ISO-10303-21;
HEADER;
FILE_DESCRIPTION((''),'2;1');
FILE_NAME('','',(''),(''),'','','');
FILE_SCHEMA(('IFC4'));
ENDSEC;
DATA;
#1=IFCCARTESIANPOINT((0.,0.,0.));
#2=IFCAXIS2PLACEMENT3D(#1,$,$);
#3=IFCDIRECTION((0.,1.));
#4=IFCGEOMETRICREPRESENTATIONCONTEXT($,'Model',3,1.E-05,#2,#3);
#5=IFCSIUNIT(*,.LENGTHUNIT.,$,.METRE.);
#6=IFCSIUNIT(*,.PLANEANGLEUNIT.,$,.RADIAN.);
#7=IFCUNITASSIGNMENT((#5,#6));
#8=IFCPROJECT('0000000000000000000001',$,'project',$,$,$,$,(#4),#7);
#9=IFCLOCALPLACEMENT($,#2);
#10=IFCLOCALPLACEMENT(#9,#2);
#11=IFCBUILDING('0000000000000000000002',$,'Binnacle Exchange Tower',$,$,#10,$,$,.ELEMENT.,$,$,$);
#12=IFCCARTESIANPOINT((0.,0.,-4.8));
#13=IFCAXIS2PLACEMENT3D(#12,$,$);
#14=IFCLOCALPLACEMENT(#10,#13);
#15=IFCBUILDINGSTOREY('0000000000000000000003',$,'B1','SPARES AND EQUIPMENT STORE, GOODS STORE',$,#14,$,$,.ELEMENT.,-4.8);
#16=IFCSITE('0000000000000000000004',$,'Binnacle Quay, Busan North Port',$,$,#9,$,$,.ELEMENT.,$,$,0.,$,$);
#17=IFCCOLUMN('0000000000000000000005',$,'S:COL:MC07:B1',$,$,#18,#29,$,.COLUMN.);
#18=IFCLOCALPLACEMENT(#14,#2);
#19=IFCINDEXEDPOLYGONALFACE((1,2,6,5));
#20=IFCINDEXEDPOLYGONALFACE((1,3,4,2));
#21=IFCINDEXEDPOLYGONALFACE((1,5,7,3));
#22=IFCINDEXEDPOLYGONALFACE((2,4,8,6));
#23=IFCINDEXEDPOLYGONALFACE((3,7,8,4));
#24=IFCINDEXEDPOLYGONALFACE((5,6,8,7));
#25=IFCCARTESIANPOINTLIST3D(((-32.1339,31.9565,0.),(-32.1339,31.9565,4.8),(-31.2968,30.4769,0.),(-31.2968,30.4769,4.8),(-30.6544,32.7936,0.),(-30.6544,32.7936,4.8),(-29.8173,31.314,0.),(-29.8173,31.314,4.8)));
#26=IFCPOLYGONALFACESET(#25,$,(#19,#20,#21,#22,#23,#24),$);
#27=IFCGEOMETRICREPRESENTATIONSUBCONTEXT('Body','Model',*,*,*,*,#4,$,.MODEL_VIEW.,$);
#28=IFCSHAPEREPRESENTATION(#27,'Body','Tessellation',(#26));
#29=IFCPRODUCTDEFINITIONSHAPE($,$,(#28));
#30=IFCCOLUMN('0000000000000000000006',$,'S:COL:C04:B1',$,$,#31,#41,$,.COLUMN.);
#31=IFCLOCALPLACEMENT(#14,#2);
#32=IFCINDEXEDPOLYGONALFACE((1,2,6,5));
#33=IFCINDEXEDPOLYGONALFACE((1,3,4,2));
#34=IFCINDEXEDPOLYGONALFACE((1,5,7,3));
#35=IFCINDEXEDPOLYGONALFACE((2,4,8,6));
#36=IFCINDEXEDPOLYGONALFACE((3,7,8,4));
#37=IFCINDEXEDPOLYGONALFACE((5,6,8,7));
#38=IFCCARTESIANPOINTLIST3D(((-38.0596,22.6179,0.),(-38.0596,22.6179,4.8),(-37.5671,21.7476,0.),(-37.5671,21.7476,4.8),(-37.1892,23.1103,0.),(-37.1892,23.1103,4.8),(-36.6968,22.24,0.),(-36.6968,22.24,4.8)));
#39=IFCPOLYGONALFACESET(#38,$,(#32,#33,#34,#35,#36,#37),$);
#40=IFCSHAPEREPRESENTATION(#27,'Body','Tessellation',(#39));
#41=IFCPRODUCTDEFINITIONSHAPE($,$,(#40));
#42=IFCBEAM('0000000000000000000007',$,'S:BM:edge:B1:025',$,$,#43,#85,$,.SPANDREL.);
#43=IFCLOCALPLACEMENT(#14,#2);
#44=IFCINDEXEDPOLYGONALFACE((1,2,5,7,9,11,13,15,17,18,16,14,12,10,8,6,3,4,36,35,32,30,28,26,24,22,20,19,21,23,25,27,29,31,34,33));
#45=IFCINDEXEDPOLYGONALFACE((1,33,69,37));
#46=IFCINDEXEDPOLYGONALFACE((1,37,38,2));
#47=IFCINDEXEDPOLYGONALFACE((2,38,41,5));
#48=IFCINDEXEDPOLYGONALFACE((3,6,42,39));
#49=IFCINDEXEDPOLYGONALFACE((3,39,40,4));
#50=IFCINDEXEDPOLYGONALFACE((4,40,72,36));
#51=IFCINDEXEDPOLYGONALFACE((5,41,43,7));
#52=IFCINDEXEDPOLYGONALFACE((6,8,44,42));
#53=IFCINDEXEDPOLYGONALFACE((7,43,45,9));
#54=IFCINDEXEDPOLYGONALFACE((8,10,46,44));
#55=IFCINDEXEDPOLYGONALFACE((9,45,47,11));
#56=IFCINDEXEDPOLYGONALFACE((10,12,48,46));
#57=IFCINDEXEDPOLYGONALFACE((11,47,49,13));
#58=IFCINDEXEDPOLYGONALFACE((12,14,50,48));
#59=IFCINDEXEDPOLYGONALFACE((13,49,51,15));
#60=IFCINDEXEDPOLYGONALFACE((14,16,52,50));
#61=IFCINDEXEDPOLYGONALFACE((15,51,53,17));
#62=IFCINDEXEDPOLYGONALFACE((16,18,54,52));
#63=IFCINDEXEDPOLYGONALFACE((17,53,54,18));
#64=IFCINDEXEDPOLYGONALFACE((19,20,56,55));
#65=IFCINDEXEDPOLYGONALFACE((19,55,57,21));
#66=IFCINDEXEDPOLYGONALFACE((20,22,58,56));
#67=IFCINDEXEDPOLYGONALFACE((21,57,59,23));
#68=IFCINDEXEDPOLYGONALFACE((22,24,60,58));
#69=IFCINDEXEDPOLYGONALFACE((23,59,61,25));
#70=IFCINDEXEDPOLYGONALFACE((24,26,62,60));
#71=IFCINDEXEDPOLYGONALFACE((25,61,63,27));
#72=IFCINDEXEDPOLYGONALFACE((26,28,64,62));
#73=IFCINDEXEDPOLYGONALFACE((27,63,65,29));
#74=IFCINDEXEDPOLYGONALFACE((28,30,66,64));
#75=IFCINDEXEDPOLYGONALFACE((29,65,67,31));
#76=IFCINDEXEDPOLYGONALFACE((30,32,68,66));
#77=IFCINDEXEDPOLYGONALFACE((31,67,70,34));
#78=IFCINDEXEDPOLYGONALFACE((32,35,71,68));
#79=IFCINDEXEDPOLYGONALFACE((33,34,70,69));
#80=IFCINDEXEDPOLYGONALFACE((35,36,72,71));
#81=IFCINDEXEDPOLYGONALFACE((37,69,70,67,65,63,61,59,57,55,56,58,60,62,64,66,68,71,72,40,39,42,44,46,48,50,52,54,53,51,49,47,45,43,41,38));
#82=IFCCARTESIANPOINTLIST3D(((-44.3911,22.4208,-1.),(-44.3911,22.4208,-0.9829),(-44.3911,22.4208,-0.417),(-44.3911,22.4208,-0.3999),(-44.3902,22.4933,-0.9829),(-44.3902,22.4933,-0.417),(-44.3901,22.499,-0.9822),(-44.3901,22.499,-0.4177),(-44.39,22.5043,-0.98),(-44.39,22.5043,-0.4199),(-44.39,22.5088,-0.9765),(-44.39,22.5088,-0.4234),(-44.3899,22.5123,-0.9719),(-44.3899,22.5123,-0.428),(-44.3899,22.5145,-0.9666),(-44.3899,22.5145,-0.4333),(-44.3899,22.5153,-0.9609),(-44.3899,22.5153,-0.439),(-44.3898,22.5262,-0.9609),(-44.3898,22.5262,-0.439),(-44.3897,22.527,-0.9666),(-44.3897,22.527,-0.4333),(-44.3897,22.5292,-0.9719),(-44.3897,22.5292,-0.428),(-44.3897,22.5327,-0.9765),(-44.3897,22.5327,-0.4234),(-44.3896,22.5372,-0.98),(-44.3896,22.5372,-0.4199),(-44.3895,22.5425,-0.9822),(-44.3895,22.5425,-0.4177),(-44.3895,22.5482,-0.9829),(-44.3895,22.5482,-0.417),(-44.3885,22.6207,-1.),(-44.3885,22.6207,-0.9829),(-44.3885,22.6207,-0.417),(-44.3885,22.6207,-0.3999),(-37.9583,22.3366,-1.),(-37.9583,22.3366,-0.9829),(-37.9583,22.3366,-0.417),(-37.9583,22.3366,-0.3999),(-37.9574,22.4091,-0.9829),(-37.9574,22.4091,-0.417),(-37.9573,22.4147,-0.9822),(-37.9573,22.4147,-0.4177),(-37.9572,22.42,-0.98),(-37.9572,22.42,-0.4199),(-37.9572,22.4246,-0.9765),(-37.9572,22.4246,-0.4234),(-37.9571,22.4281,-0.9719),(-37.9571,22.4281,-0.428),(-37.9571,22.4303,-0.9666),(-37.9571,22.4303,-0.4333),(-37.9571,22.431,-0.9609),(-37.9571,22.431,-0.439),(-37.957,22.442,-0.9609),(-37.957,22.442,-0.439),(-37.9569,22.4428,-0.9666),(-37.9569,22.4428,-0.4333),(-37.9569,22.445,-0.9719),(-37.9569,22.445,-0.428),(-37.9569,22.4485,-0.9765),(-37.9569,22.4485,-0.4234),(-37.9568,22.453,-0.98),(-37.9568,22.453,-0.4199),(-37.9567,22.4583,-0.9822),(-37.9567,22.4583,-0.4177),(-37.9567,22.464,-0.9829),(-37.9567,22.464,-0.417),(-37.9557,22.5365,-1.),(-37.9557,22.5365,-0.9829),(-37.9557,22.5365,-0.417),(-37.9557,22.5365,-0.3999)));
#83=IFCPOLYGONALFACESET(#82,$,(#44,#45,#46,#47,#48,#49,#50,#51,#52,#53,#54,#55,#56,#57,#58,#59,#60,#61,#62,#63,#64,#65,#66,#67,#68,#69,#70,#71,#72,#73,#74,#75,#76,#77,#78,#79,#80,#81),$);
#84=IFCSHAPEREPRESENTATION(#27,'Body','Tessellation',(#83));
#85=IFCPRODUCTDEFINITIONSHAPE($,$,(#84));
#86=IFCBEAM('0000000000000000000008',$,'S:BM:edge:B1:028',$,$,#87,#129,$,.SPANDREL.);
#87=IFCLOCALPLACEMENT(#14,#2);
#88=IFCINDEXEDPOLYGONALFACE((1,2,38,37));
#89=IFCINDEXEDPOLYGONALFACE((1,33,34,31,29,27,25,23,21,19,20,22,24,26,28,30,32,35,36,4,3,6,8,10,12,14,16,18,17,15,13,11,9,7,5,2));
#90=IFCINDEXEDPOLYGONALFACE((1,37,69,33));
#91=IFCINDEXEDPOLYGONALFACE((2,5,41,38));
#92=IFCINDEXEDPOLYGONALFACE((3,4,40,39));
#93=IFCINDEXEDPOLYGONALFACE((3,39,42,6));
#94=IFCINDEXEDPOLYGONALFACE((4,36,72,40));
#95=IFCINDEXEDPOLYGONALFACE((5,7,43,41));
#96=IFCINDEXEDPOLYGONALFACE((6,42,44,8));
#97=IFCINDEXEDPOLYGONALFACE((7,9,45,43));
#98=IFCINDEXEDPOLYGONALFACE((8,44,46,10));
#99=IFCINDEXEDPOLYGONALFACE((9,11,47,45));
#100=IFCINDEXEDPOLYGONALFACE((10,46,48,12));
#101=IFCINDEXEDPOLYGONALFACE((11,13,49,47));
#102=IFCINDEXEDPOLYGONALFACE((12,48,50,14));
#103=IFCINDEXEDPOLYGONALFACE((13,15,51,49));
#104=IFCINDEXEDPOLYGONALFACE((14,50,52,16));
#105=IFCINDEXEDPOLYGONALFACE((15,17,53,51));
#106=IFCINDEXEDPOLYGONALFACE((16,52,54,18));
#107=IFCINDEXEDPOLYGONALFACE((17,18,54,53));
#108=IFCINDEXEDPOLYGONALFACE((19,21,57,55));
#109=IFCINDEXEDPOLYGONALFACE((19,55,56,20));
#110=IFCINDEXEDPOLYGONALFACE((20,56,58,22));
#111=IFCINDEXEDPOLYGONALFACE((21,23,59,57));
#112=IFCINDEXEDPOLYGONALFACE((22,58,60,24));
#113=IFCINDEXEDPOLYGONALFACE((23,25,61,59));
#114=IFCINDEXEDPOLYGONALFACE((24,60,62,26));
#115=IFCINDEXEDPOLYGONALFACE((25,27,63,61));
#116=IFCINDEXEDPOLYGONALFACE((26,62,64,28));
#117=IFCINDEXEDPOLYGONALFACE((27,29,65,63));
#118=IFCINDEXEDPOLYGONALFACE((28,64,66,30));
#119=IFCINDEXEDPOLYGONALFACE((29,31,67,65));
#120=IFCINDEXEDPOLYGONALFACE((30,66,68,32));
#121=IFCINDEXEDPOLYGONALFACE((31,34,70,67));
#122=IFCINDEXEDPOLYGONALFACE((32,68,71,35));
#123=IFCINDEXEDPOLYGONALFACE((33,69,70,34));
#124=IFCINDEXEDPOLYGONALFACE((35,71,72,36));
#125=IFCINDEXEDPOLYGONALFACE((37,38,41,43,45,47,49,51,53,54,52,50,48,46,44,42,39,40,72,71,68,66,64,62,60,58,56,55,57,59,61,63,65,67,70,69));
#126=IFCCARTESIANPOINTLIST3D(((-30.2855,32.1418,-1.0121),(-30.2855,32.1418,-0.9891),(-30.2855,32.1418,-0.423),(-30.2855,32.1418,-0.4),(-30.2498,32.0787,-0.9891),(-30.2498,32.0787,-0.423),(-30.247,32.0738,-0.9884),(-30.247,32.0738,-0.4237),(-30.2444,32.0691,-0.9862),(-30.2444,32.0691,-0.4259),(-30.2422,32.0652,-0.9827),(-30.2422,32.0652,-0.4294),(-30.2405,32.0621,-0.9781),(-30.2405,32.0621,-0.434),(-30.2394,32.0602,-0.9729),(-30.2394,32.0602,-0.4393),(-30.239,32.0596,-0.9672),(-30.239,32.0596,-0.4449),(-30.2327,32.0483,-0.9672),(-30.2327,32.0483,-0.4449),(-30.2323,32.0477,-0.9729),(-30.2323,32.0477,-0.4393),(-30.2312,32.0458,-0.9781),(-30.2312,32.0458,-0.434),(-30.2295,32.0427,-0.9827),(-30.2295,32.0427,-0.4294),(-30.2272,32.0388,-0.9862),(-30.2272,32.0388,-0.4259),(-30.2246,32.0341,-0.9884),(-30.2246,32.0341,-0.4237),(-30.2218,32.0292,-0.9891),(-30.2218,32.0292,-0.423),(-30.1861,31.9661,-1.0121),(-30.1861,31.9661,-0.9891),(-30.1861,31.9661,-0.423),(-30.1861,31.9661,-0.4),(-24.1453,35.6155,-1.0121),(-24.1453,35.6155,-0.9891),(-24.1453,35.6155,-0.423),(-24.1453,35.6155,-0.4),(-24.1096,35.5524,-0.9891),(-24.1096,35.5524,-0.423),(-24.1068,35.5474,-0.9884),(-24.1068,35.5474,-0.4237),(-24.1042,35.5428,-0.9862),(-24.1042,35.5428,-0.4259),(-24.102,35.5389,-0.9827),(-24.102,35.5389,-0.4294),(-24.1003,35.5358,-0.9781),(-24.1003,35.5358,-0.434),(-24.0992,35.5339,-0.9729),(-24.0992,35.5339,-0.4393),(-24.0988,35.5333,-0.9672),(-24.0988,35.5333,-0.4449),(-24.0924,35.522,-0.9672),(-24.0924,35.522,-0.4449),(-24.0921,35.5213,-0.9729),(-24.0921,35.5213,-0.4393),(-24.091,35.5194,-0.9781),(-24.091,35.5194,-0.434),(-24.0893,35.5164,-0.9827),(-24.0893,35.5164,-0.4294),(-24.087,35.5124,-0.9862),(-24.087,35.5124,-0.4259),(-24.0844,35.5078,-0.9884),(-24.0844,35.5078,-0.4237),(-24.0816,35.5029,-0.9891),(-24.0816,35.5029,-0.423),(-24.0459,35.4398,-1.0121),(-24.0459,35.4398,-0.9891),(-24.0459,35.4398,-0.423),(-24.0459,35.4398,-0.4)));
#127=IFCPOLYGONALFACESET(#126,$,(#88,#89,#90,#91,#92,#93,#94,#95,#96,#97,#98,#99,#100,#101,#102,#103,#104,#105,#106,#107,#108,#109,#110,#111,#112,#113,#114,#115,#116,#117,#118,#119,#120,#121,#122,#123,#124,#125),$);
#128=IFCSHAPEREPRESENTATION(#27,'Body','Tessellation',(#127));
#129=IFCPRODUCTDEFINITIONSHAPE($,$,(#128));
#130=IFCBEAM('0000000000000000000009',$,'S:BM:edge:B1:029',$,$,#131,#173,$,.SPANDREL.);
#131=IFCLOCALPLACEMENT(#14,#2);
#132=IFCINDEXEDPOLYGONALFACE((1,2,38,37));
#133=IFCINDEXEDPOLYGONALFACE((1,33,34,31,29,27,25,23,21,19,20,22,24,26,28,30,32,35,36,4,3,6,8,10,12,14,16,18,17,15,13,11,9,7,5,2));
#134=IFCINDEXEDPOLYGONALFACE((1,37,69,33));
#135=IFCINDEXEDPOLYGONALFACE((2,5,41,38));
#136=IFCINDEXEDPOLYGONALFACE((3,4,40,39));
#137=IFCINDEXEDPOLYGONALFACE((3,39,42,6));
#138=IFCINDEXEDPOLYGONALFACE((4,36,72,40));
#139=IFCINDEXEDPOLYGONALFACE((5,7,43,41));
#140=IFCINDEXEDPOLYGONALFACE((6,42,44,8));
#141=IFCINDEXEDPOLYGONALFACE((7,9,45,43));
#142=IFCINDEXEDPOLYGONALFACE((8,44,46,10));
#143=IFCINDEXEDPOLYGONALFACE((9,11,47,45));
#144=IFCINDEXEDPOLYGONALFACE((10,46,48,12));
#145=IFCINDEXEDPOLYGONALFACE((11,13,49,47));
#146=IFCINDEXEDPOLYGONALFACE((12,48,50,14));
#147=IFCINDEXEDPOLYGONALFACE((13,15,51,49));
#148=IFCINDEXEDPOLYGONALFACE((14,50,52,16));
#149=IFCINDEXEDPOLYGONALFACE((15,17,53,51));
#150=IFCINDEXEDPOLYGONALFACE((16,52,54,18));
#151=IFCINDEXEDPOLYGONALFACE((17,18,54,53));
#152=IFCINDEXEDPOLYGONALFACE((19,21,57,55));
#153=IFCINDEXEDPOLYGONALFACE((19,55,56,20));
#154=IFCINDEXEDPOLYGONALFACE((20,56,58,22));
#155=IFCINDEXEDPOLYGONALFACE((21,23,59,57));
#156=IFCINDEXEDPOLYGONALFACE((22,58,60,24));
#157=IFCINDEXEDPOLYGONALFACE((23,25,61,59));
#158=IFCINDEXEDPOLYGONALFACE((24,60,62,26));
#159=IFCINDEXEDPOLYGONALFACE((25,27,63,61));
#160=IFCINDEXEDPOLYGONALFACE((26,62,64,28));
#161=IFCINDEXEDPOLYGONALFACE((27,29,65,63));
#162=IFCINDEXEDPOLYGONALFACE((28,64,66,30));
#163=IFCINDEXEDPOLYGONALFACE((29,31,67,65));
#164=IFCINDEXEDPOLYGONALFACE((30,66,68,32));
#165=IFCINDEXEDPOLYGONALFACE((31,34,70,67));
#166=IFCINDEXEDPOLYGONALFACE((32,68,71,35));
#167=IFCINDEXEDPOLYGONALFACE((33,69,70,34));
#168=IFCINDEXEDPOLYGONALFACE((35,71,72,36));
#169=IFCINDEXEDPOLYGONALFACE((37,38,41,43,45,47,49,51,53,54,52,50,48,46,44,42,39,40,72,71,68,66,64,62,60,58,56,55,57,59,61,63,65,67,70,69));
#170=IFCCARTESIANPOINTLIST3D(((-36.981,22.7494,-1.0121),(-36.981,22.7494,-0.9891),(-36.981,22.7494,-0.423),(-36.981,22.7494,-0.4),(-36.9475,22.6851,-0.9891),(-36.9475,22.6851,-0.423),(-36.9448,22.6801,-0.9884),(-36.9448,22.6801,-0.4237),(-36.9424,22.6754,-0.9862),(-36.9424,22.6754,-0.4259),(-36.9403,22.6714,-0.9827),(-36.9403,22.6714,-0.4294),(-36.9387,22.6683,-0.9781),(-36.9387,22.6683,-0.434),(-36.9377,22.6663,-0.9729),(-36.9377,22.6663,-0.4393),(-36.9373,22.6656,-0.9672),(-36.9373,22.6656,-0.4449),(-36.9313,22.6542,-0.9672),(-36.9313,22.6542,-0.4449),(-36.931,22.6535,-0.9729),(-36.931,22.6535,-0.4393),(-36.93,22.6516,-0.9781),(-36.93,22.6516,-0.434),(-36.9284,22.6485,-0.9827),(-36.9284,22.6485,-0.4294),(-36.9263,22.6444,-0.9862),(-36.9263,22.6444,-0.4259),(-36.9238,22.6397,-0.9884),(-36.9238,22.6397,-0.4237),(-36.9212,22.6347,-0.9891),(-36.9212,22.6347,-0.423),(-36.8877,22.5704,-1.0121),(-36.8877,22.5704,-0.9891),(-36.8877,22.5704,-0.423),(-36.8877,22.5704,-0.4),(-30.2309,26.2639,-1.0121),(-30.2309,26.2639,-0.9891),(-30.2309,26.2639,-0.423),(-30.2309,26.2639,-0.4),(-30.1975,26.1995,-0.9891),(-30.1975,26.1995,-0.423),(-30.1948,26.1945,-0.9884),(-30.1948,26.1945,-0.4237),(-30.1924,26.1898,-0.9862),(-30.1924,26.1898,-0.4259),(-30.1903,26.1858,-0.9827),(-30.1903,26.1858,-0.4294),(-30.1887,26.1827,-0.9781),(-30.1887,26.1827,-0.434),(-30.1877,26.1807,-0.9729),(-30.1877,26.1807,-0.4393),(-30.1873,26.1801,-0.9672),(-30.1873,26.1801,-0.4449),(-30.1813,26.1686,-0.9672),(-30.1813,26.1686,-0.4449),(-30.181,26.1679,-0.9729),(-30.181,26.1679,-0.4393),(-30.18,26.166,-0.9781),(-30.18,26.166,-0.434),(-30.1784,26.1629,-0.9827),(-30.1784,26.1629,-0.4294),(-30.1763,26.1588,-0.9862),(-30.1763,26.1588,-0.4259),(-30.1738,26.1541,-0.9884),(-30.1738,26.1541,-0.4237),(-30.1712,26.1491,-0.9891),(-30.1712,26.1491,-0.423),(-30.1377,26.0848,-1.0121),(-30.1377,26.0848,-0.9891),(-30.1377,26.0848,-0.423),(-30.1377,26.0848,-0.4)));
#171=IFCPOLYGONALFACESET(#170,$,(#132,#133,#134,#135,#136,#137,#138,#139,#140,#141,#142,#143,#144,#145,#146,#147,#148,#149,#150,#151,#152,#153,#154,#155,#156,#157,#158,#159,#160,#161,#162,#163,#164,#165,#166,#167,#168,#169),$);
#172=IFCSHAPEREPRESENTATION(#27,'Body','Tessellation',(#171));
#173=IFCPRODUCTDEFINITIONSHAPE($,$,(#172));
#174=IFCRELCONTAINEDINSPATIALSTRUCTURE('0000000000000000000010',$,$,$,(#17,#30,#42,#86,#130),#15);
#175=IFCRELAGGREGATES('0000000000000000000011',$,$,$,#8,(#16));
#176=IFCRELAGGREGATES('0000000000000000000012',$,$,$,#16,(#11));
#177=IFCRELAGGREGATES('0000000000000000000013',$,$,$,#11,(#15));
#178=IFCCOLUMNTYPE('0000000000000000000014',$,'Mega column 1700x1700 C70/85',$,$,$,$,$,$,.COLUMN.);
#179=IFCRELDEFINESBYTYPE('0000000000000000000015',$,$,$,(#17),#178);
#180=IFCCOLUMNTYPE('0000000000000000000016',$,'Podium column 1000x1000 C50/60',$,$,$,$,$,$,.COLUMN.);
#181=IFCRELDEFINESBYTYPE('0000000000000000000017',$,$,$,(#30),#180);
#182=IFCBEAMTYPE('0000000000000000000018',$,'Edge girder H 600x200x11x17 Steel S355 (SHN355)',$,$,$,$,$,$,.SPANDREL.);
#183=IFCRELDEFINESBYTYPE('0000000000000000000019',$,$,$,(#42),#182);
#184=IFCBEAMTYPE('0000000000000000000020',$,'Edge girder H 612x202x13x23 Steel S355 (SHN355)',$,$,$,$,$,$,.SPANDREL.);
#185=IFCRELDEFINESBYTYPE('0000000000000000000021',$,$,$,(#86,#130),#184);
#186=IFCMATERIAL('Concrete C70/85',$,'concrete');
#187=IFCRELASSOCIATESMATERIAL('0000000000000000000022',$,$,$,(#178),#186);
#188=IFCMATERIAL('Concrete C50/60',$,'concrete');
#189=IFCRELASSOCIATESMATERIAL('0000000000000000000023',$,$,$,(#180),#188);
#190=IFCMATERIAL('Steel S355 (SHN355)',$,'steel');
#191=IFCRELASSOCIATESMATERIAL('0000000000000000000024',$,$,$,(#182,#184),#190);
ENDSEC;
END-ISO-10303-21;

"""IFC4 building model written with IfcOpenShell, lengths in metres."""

from ifc_helpers import new_model, si_unit, direction, frame, origin, origin_2d, place, context, subcontext, project, spatial, rectangle, i_section, extrude, material, material_profile, profile_set, type_object, element, save


model = new_model("IFC4")

# Units and contexts
model_context = context("Model", 3, precision=1e-05, world=origin(), true_north=direction((0.0, 1.0)))
body_context = subcontext(model_context, "Body", "Model", "MODEL_VIEW")
ifc_project = project(units=[si_unit("LENGTHUNIT", "METRE"), si_unit("PLANEANGLEUNIT", "RADIAN")], contexts=[model_context])

# Site, building, storey
site_placement = place(None, origin())
site = spatial("IfcSite", under=ifc_project, at=site_placement, Name="Binnacle Quay, Busan North Port", CompositionType="ELEMENT", RefElevation=0.0)
building_placement = place(site_placement, origin())
building = spatial("IfcBuilding", under=site, at=building_placement, Name="Binnacle Exchange Tower", CompositionType="ELEMENT")
storey_placement = place(building_placement, frame((0.0, 0.0, -4.8)))
storey = spatial("IfcBuildingStorey", under=building, at=storey_placement, Name="B1", Description="SPARES AND EQUIPMENT STORE, GOODS STORE", CompositionType="ELEMENT", Elevation=-4.8)

# Columns
ifc_material_1 = material(Name="Concrete C70/85", Category="concrete")
ifc_material_profile_1 = material_profile(ifc_material_1, rectangle(XDim=1.7, YDim=1.7, at=origin_2d()), Name="Mega column 1700x1700 C70/85")
ifc_profile_set_1 = profile_set([ifc_material_profile_1], Name="Concrete C70/85")
column_type_1 = type_object("IfcColumnType", Name="Mega column 1700x1700 C70/85", PredefinedType="COLUMN", material=ifc_profile_set_1)
column_1_placement = place(storey_placement, frame((-30.9756, 31.6353, 0.0), z_axis=(0.0, 0.0, 1.0), x_axis=(0.870356, 0.492424, 0.0)))
element("IfcColumn", 1, at=column_1_placement, inside=storey, type_object=column_type_1, Name="S:COL:MC07:B1", PredefinedType="COLUMN", context=body_context, shape_type="SweptSolid", body=[
    extrude(rectangle(XDim=1.7, YDim=1.7, at=origin_2d()), origin(), (0.0, 0.0, 1.0), 4.8),
])
ifc_material_2 = material(Name="Concrete C50/60", Category="concrete")
ifc_material_profile_2 = material_profile(ifc_material_2, rectangle(XDim=1.0, YDim=1.0, at=origin_2d()), Name="Podium column 1000x1000 C50/60")
ifc_profile_set_2 = profile_set([ifc_material_profile_2], Name="Concrete C50/60")
column_type_2 = type_object("IfcColumnType", Name="Podium column 1000x1000 C50/60", PredefinedType="COLUMN", material=ifc_profile_set_2)
column_2_placement = place(storey_placement, frame((-37.3782, 22.429, 0.0), z_axis=(0.0, 0.0, 1.0), x_axis=(0.870356, 0.492424, 0.0)))
element("IfcColumn", 2, at=column_2_placement, inside=storey, type_object=column_type_2, Name="S:COL:C04:B1", PredefinedType="COLUMN", context=body_context, shape_type="SweptSolid", body=[
    extrude(rectangle(XDim=1.0, YDim=1.0, at=origin_2d()), origin(), (0.0, 0.0, 1.0), 4.8),
])

# Beams
ifc_material_3 = material(Name="Steel S355 (SHN355)", Category="steel")
ifc_material_profile_3 = material_profile(ifc_material_3, i_section(OverallWidth=0.2, OverallDepth=0.6001, WebThickness=0.011, FlangeThickness=0.0171, FilletRadius=0.022, at=origin_2d()), Name="H 600x200x11x17")
ifc_profile_set_3 = profile_set([ifc_material_profile_3], Name="Steel S355 (SHN355)")
beam_type_1 = type_object("IfcBeamType", Name="Edge girder H 600x200x11x17 Steel S355 (SHN355)", PredefinedType="SPANDREL", material=ifc_profile_set_3)
beam_1_placement = place(storey_placement, frame((-37.957, 22.4365, -0.7), z_axis=(-0.999914, 0.013092, 0.0), x_axis=(-0.013092, -0.999914, 0.0)))
element("IfcBeam", 3, at=beam_1_placement, inside=storey, type_object=beam_type_1, Name="S:BM:edge:B1:025", PredefinedType="SPANDREL", context=body_context, shape_type="SweptSolid", body=[
    extrude(i_section(OverallWidth=0.2, OverallDepth=0.6001, WebThickness=0.011, FlangeThickness=0.0171, FilletRadius=0.022, at=origin_2d()), origin(), (0.0, 0.0, 1.0), 6.4333),
])
ifc_material_profile_4 = material_profile(ifc_material_3, i_section(OverallWidth=0.2019, OverallDepth=0.6121, WebThickness=0.0129, FlangeThickness=0.0229, FilletRadius=0.022, at=origin_2d()), Name="H 612x202x13x23")
ifc_profile_set_4 = profile_set([ifc_material_profile_4], Name="Steel S355 (SHN355)")
beam_type_2 = type_object("IfcBeamType", Name="Edge girder H 612x202x13x23 Steel S355 (SHN355)", PredefinedType="SPANDREL", material=ifc_profile_set_4)
beam_2_placement = place(storey_placement, frame((-30.2358, 32.054, -0.7061), z_axis=(0.870373, 0.492392, 0.0), x_axis=(-0.492392, 0.870373, 0.0)))
element("IfcBeam", 4, at=beam_2_placement, inside=storey, type_object=beam_type_2, Name="S:BM:edge:B1:028", PredefinedType="SPANDREL", context=body_context, shape_type="SweptSolid", body=[
    extrude(i_section(OverallWidth=0.2019, OverallDepth=0.6121, WebThickness=0.0129, FlangeThickness=0.0229, FilletRadius=0.022, at=origin_2d()), origin(), (0.0, 0.0, 1.0), 7.0547),
])
beam_3_placement = place(storey_placement, frame((-30.1843, 26.1743, -0.7061), z_axis=(-0.88698, -0.461808, 0.0), x_axis=(0.461808, -0.88698, 0.0)))
element("IfcBeam", 5, at=beam_3_placement, inside=storey, type_object=beam_type_2, Name="S:BM:edge:B1:029", PredefinedType="SPANDREL", context=body_context, shape_type="SweptSolid", body=[
    extrude(i_section(OverallWidth=0.2019, OverallDepth=0.6121, WebThickness=0.0129, FlangeThickness=0.0229, FilletRadius=0.022, at=origin_2d()), origin(), (0.0, 0.0, 1.0), 7.6101),
])

save(model, "model.ifc")
